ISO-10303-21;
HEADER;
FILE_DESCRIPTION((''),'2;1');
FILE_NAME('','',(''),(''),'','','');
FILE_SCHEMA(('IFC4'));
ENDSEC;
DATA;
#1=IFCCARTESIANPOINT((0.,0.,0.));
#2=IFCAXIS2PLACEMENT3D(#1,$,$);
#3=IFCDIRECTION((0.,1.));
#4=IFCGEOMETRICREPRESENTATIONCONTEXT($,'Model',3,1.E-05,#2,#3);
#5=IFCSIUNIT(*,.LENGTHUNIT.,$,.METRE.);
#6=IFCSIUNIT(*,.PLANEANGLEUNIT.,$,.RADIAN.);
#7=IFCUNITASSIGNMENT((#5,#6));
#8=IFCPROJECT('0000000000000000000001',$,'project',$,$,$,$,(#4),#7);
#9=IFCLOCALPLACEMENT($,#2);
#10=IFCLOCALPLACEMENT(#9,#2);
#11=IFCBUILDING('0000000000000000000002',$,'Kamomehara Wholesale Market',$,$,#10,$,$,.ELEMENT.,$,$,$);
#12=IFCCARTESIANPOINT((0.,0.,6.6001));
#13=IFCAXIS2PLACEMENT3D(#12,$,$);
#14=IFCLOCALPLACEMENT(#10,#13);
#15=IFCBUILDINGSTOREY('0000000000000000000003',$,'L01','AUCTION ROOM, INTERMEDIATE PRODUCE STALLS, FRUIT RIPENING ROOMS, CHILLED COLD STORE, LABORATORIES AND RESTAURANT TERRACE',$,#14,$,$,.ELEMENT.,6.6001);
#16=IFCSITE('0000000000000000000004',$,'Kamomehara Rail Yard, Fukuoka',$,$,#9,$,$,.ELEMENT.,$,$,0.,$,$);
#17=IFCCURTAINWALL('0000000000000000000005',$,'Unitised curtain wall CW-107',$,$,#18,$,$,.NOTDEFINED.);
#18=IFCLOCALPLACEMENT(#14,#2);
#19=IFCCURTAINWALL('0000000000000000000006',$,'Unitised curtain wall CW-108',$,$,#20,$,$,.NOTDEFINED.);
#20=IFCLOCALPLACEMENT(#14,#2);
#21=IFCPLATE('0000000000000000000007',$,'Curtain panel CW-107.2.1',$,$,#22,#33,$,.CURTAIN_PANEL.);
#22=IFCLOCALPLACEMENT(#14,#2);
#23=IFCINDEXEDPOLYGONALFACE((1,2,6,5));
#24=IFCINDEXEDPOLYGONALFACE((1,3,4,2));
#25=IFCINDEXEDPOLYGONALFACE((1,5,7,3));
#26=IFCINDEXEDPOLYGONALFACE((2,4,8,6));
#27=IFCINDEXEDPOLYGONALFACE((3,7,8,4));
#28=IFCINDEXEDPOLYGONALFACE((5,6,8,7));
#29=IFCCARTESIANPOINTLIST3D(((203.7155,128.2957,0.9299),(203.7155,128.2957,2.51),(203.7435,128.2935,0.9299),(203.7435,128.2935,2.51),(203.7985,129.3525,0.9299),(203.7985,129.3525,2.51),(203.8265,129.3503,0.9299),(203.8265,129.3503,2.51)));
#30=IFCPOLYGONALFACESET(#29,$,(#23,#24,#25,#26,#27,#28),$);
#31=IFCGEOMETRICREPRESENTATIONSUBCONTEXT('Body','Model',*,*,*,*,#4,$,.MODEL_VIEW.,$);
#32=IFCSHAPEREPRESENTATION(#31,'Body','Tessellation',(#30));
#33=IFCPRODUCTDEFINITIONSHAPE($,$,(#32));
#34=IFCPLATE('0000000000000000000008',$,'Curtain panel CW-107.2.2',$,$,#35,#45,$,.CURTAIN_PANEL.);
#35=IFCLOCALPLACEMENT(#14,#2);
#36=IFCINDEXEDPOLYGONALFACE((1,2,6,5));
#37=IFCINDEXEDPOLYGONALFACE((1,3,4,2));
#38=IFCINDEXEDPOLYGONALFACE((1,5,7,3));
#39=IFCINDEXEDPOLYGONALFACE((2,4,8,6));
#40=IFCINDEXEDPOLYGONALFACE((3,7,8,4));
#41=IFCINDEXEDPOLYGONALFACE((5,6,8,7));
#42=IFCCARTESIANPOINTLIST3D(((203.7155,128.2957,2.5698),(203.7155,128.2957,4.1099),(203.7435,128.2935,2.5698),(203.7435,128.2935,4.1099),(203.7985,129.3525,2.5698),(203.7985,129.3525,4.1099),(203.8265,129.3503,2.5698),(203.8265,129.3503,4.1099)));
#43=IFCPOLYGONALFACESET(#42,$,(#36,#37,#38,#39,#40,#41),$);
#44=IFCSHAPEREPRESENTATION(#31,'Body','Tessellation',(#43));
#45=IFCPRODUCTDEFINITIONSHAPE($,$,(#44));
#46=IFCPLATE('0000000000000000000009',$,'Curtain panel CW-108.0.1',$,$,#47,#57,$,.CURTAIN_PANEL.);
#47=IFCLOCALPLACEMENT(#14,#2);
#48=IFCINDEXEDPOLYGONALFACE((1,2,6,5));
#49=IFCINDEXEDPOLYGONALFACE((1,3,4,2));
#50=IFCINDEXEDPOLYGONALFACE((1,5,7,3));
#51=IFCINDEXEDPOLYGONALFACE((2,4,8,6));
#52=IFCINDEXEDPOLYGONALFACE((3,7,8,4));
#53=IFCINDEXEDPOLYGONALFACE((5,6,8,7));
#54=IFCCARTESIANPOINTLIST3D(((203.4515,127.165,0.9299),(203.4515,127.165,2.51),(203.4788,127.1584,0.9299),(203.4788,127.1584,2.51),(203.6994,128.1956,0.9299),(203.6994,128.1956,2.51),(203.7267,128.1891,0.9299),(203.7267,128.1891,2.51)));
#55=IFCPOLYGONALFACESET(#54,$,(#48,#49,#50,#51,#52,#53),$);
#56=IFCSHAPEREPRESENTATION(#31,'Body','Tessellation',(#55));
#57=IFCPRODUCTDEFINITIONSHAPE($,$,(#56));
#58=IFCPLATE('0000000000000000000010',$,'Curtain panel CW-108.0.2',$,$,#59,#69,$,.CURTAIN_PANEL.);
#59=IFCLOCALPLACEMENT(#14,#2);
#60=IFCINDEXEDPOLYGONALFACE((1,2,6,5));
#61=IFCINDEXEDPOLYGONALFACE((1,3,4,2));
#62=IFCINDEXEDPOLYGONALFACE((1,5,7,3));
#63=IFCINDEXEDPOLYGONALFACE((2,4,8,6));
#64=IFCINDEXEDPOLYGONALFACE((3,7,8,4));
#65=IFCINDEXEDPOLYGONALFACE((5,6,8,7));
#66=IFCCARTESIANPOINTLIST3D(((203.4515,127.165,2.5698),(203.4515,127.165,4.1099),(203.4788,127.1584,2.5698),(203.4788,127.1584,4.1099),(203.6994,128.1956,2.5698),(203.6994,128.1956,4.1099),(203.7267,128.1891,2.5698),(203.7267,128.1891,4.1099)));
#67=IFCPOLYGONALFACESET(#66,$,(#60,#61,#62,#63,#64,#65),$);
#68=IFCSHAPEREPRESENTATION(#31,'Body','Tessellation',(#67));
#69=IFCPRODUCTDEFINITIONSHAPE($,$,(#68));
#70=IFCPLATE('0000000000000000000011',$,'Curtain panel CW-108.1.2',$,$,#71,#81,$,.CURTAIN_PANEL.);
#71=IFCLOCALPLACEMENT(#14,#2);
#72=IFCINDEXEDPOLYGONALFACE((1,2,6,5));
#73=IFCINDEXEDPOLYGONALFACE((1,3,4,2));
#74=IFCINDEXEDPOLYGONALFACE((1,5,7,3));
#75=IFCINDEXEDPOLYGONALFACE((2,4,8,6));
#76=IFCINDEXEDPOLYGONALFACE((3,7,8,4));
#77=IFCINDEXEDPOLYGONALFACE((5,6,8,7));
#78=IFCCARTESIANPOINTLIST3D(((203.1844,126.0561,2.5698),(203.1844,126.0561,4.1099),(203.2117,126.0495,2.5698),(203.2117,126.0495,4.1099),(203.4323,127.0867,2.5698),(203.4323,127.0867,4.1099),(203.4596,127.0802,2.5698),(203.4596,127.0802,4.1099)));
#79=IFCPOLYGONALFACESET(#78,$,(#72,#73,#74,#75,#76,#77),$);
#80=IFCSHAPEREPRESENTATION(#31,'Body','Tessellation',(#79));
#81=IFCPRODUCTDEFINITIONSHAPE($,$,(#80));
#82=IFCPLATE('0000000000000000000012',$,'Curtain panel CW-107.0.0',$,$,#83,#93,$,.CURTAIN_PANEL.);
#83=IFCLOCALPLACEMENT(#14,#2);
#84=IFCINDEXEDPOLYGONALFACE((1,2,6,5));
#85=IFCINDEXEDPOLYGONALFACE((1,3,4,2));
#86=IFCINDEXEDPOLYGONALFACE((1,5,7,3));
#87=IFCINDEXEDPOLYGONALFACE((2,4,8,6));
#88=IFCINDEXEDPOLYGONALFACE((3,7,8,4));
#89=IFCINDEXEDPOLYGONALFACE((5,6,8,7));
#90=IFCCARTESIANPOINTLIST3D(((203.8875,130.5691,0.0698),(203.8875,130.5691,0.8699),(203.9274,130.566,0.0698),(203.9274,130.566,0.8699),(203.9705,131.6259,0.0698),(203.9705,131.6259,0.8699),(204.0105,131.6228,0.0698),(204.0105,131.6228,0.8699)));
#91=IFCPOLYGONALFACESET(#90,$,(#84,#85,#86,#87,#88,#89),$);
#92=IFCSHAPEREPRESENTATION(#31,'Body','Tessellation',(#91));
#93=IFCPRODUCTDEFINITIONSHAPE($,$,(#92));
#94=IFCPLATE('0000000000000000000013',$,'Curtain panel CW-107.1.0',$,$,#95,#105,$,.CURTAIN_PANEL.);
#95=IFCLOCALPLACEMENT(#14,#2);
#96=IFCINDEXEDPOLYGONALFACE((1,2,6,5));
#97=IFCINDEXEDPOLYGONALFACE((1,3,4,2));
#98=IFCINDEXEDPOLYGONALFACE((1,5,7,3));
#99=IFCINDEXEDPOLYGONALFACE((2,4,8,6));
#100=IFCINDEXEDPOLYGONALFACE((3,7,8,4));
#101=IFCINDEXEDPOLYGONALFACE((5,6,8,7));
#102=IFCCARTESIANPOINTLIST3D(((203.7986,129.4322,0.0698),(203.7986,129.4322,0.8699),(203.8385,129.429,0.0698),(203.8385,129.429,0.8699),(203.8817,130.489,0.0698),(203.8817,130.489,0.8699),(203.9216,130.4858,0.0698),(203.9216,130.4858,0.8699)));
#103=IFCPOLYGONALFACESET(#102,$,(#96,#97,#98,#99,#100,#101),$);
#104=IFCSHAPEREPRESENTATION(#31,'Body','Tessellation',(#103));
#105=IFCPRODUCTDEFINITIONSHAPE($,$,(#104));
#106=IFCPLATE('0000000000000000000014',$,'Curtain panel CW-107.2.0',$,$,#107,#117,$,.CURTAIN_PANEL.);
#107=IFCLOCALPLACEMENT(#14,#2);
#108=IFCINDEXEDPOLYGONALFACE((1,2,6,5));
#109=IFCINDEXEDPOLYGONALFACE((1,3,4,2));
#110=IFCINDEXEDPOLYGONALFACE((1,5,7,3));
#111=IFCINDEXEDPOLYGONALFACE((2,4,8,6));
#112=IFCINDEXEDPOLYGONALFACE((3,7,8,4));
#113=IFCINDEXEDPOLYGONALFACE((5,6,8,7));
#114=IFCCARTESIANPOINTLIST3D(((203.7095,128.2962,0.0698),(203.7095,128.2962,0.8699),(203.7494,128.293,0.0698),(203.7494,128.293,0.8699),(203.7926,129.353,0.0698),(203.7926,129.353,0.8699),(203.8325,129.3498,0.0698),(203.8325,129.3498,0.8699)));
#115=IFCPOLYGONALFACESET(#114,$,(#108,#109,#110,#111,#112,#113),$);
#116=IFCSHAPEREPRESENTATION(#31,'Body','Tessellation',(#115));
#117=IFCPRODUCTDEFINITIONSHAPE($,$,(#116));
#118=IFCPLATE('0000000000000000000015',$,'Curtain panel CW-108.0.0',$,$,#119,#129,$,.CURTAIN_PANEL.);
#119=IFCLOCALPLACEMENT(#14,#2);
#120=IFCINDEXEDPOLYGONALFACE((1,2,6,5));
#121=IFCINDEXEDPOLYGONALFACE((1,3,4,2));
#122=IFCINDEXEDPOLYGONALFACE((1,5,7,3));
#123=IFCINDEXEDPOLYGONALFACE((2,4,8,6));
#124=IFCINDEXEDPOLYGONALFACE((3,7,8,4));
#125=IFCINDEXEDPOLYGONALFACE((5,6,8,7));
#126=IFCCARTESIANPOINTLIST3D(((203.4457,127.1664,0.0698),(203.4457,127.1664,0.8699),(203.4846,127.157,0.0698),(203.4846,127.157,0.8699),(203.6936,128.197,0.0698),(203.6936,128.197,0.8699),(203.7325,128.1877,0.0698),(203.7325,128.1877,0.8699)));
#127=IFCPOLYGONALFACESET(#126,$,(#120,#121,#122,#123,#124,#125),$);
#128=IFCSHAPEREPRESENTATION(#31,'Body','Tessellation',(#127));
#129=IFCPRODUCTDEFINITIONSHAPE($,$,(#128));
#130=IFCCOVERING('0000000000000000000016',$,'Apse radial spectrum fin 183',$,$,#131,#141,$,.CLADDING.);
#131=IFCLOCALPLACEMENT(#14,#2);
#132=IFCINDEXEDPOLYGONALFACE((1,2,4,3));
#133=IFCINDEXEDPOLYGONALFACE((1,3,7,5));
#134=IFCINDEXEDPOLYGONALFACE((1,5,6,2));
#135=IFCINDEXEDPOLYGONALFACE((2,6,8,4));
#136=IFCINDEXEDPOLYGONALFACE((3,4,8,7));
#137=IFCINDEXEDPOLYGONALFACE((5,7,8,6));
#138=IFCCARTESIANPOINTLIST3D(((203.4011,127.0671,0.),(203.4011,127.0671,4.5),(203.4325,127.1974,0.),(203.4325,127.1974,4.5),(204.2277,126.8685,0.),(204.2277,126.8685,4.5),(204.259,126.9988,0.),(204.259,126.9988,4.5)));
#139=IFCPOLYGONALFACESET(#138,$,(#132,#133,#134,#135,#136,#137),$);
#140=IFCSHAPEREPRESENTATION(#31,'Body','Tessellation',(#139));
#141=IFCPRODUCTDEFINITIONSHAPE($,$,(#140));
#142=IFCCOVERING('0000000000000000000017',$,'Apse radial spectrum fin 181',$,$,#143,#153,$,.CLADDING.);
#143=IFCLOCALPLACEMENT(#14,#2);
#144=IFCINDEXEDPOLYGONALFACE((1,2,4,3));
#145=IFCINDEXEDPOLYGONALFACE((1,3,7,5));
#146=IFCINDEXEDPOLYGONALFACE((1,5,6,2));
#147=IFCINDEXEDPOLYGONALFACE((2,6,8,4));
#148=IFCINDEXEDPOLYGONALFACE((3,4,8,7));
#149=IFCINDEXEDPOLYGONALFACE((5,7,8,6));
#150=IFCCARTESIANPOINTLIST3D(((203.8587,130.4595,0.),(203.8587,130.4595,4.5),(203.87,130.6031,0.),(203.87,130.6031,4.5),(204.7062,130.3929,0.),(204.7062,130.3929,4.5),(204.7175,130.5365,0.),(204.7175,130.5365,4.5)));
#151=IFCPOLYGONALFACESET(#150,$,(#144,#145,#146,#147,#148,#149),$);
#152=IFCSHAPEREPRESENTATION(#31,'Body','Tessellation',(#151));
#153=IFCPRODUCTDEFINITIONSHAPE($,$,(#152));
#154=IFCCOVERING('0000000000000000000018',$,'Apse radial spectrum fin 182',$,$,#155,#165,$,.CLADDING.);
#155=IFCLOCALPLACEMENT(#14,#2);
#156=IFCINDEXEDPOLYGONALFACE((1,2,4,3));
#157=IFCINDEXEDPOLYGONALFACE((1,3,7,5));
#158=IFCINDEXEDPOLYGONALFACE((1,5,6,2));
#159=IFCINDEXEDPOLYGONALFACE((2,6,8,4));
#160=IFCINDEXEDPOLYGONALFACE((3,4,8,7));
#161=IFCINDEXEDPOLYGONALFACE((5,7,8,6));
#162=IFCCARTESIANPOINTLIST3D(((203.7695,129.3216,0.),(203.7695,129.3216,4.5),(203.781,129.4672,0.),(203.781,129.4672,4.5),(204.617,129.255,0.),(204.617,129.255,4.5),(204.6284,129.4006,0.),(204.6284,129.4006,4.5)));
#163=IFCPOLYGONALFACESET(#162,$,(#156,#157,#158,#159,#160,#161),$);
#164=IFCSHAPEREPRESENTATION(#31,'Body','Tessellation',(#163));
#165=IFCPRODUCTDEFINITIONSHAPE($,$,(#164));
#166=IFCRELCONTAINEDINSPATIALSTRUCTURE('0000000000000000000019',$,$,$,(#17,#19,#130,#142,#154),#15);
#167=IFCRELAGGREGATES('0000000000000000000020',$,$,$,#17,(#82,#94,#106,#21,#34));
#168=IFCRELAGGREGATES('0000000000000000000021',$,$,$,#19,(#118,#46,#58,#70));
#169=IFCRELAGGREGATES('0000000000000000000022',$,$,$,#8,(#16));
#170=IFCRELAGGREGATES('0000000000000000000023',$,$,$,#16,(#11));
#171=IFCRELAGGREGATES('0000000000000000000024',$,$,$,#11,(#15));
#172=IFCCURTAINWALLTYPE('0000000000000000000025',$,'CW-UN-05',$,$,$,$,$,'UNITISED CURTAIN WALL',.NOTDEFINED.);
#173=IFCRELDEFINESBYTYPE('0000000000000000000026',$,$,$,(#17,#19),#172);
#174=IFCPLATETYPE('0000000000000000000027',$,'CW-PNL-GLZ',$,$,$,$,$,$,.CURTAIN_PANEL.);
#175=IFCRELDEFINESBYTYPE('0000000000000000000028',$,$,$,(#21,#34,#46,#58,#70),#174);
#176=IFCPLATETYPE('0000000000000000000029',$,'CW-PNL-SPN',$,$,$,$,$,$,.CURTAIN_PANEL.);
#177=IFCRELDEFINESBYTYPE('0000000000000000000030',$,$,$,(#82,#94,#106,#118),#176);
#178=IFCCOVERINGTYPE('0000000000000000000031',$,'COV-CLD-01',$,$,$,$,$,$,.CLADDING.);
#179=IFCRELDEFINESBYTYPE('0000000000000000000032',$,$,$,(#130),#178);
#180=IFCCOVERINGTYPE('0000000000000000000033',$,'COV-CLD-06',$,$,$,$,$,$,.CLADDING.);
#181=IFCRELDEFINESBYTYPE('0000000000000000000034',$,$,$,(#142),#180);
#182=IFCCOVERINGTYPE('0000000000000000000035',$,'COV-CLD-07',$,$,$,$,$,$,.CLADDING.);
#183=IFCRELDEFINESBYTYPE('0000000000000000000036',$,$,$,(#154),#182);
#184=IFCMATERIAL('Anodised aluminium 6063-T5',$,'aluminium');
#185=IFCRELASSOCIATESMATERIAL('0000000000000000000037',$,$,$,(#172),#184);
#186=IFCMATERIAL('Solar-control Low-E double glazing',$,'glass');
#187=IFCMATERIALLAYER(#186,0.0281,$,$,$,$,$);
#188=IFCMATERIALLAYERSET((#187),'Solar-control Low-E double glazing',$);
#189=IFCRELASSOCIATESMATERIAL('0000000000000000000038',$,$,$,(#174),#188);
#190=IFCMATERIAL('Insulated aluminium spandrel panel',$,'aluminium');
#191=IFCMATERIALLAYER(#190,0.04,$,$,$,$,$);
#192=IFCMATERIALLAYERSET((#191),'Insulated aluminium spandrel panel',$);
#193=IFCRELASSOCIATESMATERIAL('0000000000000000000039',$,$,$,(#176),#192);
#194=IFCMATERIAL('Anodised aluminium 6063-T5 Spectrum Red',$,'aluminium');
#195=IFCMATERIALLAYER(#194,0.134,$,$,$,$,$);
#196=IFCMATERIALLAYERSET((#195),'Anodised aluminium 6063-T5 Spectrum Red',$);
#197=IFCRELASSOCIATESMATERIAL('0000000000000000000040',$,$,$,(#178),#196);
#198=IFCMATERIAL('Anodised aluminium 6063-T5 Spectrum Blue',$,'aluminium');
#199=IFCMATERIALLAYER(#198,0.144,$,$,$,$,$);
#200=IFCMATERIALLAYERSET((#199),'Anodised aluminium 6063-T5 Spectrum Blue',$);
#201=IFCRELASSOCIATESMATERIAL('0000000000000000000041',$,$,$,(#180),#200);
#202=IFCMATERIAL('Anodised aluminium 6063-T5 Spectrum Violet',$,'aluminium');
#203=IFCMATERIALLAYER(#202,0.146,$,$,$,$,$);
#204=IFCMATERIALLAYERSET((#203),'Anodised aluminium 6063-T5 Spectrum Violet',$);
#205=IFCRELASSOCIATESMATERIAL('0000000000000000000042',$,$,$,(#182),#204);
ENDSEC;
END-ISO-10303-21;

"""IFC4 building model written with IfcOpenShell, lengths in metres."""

from ifc_helpers import new_model, si_unit, direction, frame, origin, origin_2d, place, context, subcontext, project, spatial, rectangle, extrude, material, layer, layer_set, type_object, element, aggregate, save


model = new_model("IFC4")

# Units and contexts
model_context = context("Model", 3, precision=1e-05, world=origin(), true_north=direction((0.0, 1.0)))
body_context = subcontext(model_context, "Body", "Model", "MODEL_VIEW")
ifc_project = project(units=[si_unit("LENGTHUNIT", "METRE"), si_unit("PLANEANGLEUNIT", "RADIAN")], contexts=[model_context])

# Site, building, storey
site_placement = place(None, origin())
site = spatial("IfcSite", under=ifc_project, at=site_placement, Name="Kamomehara Rail Yard, Fukuoka", CompositionType="ELEMENT", RefElevation=0.0)
building_placement = place(site_placement, origin())
building = spatial("IfcBuilding", under=site, at=building_placement, Name="Kamomehara Wholesale Market", CompositionType="ELEMENT")
storey_placement = place(building_placement, frame((0.0, 0.0, 6.6001)))
storey = spatial("IfcBuildingStorey", under=building, at=storey_placement, Name="L01", Description="AUCTION ROOM, INTERMEDIATE PRODUCE STALLS, FRUIT RIPENING ROOMS, CHILLED COLD STORE, LABORATORIES AND RESTAURANT TERRACE", CompositionType="ELEMENT", Elevation=6.6001)

# Curtain walls
ifc_material_1 = material(Name="Anodised aluminium 6063-T5", Category="aluminium")
curtain_wall_type = type_object("IfcCurtainWallType", Name="CW-UN-05", ElementType="UNITISED CURTAIN WALL", PredefinedType="NOTDEFINED", material=ifc_material_1)
curtain_wall_1_placement = place(storey_placement, origin())
curtain_wall_1 = element("IfcCurtainWall", 1, at=curtain_wall_1_placement, inside=storey, type_object=curtain_wall_type, Name="Unitised curtain wall CW-107", PredefinedType="NOTDEFINED")
curtain_wall_2_placement = place(storey_placement, origin())
curtain_wall_2 = element("IfcCurtainWall", 2, at=curtain_wall_2_placement, inside=storey, type_object=curtain_wall_type, Name="Unitised curtain wall CW-108", PredefinedType="NOTDEFINED")

# Plates
ifc_material_2 = material(Name="Solar-control Low-E double glazing", Category="glass")
ifc_layer_1 = layer(ifc_material_2, 0.0281)
ifc_layer_set_1 = layer_set([ifc_layer_1], Name="Solar-control Low-E double glazing")
plate_type_1 = type_object("IfcPlateType", Name="CW-PNL-GLZ", PredefinedType="CURTAIN_PANEL", material=ifc_layer_set_1)
plate_1_placement = place(storey_placement, frame((203.771, 128.823, 0.9299), z_axis=(0.0, 0.0, 1.0), x_axis=(-0.078355, -0.996926, 0.0)))
plate_1 = element("IfcPlate", 3, at=plate_1_placement, type_object=plate_type_1, Name="Curtain panel CW-107.2.1", PredefinedType="CURTAIN_PANEL", context=body_context, shape_type="SweptSolid", body=[
    extrude(rectangle(XDim=1.0601, YDim=0.0281, at=origin_2d()), origin(), (0.0, 0.0, 1.0), 1.5801),
])
plate_2_placement = place(storey_placement, frame((203.771, 128.823, 2.5698), z_axis=(0.0, 0.0, 1.0), x_axis=(-0.078355, -0.996926, 0.0)))
plate_2 = element("IfcPlate", 4, at=plate_2_placement, type_object=plate_type_1, Name="Curtain panel CW-107.2.2", PredefinedType="CURTAIN_PANEL", context=body_context, shape_type="SweptSolid", body=[
    extrude(rectangle(XDim=1.0601, YDim=0.0281, at=origin_2d()), origin(), (0.0, 0.0, 1.0), 1.54),
])
plate_3_placement = place(storey_placement, frame((203.5891, 127.677, 0.9299), z_axis=(0.0, 0.0, 1.0), x_axis=(-0.233853, -0.972272, 0.0)))
plate_3 = element("IfcPlate", 5, at=plate_3_placement, type_object=plate_type_1, Name="Curtain panel CW-108.0.1", PredefinedType="CURTAIN_PANEL", context=body_context, shape_type="SweptSolid", body=[
    extrude(rectangle(XDim=1.0601, YDim=0.0281, at=origin_2d()), origin(), (0.0, 0.0, 1.0), 1.5801),
])
plate_4_placement = place(storey_placement, frame((203.5891, 127.677, 2.5698), z_axis=(0.0, 0.0, 1.0), x_axis=(-0.233853, -0.972272, 0.0)))
plate_4 = element("IfcPlate", 6, at=plate_4_placement, type_object=plate_type_1, Name="Curtain panel CW-108.0.2", PredefinedType="CURTAIN_PANEL", context=body_context, shape_type="SweptSolid", body=[
    extrude(rectangle(XDim=1.0601, YDim=0.0281, at=origin_2d()), origin(), (0.0, 0.0, 1.0), 1.54),
])
plate_5_placement = place(storey_placement, frame((203.322, 126.5681, 2.5698), z_axis=(0.0, 0.0, 1.0), x_axis=(-0.233853, -0.972272, 0.0)))
plate_5 = element("IfcPlate", 7, at=plate_5_placement, type_object=plate_type_1, Name="Curtain panel CW-108.1.2", PredefinedType="CURTAIN_PANEL", context=body_context, shape_type="SweptSolid", body=[
    extrude(rectangle(XDim=1.0601, YDim=0.0281, at=origin_2d()), origin(), (0.0, 0.0, 1.0), 1.54),
])
ifc_material_3 = material(Name="Insulated aluminium spandrel panel", Category="aluminium")
ifc_layer_2 = layer(ifc_material_3, 0.04)
ifc_layer_set_2 = layer_set([ifc_layer_2], Name="Insulated aluminium spandrel panel")
plate_type_2 = type_object("IfcPlateType", Name="CW-PNL-SPN", PredefinedType="CURTAIN_PANEL", material=ifc_layer_set_2)
plate_6_placement = place(storey_placement, frame((203.949, 131.0959, 0.0698), z_axis=(0.0, 0.0, 1.0), x_axis=(-0.078355, -0.996926, 0.0)))
plate_6 = element("IfcPlate", 8, at=plate_6_placement, type_object=plate_type_2, Name="Curtain panel CW-107.0.0", PredefinedType="CURTAIN_PANEL", context=body_context, shape_type="SweptSolid", body=[
    extrude(rectangle(XDim=1.0601, YDim=0.04, at=origin_2d()), origin(), (0.0, 0.0, 1.0), 0.8),
])
plate_7_placement = place(storey_placement, frame((203.8601, 129.959, 0.0698), z_axis=(0.0, 0.0, 1.0), x_axis=(-0.078355, -0.996926, 0.0)))
plate_7 = element("IfcPlate", 9, at=plate_7_placement, type_object=plate_type_2, Name="Curtain panel CW-107.1.0", PredefinedType="CURTAIN_PANEL", context=body_context, shape_type="SweptSolid", body=[
    extrude(rectangle(XDim=1.0601, YDim=0.04, at=origin_2d()), origin(), (0.0, 0.0, 1.0), 0.8),
])
plate_8_placement = place(storey_placement, frame((203.771, 128.823, 0.0698), z_axis=(0.0, 0.0, 1.0), x_axis=(-0.078355, -0.996926, 0.0)))
plate_8 = element("IfcPlate", 10, at=plate_8_placement, type_object=plate_type_2, Name="Curtain panel CW-107.2.0", PredefinedType="CURTAIN_PANEL", context=body_context, shape_type="SweptSolid", body=[
    extrude(rectangle(XDim=1.0601, YDim=0.04, at=origin_2d()), origin(), (0.0, 0.0, 1.0), 0.8),
])
aggregate(curtain_wall_1, [plate_6, plate_7, plate_8, plate_1, plate_2])
plate_9_placement = place(storey_placement, frame((203.5891, 127.677, 0.0698), z_axis=(0.0, 0.0, 1.0), x_axis=(-0.233853, -0.972272, 0.0)))
plate_9 = element("IfcPlate", 11, at=plate_9_placement, type_object=plate_type_2, Name="Curtain panel CW-108.0.0", PredefinedType="CURTAIN_PANEL", context=body_context, shape_type="SweptSolid", body=[
    extrude(rectangle(XDim=1.0601, YDim=0.04, at=origin_2d()), origin(), (0.0, 0.0, 1.0), 0.8),
])
aggregate(curtain_wall_2, [plate_9, plate_3, plate_4, plate_5])

# Coverings
ifc_material_4 = material(Name="Anodised aluminium 6063-T5 Spectrum Red", Category="aluminium")
ifc_layer_3 = layer(ifc_material_4, 0.134)
ifc_layer_set_3 = layer_set([ifc_layer_3], Name="Anodised aluminium 6063-T5 Spectrum Red")
covering_type_1 = type_object("IfcCoveringType", Name="COV-CLD-01", PredefinedType="CLADDING", material=ifc_layer_set_3)
covering_1_placement = place(storey_placement, frame((203.8301, 127.033, 0.0), z_axis=(0.0, 0.0, 1.0), x_axis=(-0.233649, -0.972321, 0.0)))
element("IfcCovering", 12, at=covering_1_placement, inside=storey, type_object=covering_type_1, Name="Apse radial spectrum fin 183", PredefinedType="CLADDING", context=body_context, shape_type="SweptSolid", body=[
    extrude(rectangle(XDim=0.134, YDim=0.8501, at=origin_2d()), origin(), (0.0, 0.0, 1.0), 4.5),
])
ifc_material_5 = material(Name="Anodised aluminium 6063-T5 Spectrum Blue", Category="aluminium")
ifc_layer_4 = layer(ifc_material_5, 0.144)
ifc_layer_set_4 = layer_set([ifc_layer_4], Name="Anodised aluminium 6063-T5 Spectrum Blue")
covering_type_2 = type_object("IfcCoveringType", Name="COV-CLD-06", PredefinedType="CLADDING", material=ifc_layer_set_4)
covering_2_placement = place(storey_placement, frame((204.2881, 130.498, 0.0), z_axis=(0.0, 0.0, 1.0), x_axis=(-0.078337, -0.996927, 0.0)))
element("IfcCovering", 13, at=covering_2_placement, inside=storey, type_object=covering_type_2, Name="Apse radial spectrum fin 181", PredefinedType="CLADDING", context=body_context, shape_type="SweptSolid", body=[
    extrude(rectangle(XDim=0.144, YDim=0.8501, at=origin_2d()), origin(), (0.0, 0.0, 1.0), 4.5),
])
ifc_material_6 = material(Name="Anodised aluminium 6063-T5 Spectrum Violet", Category="aluminium")
ifc_layer_5 = layer(ifc_material_6, 0.146)
ifc_layer_set_5 = layer_set([ifc_layer_5], Name="Anodised aluminium 6063-T5 Spectrum Violet")
covering_type_3 = type_object("IfcCoveringType", Name="COV-CLD-07", PredefinedType="CLADDING", material=ifc_layer_set_5)
covering_3_placement = place(storey_placement, frame((204.199, 129.3611, 0.0), z_axis=(0.0, 0.0, 1.0), x_axis=(-0.078337, -0.996927, 0.0)))
element("IfcCovering", 14, at=covering_3_placement, inside=storey, type_object=covering_type_3, Name="Apse radial spectrum fin 182", PredefinedType="CLADDING", context=body_context, shape_type="SweptSolid", body=[
    extrude(rectangle(XDim=0.146, YDim=0.8501, at=origin_2d()), origin(), (0.0, 0.0, 1.0), 4.5),
])

save(model, "model.ifc")
